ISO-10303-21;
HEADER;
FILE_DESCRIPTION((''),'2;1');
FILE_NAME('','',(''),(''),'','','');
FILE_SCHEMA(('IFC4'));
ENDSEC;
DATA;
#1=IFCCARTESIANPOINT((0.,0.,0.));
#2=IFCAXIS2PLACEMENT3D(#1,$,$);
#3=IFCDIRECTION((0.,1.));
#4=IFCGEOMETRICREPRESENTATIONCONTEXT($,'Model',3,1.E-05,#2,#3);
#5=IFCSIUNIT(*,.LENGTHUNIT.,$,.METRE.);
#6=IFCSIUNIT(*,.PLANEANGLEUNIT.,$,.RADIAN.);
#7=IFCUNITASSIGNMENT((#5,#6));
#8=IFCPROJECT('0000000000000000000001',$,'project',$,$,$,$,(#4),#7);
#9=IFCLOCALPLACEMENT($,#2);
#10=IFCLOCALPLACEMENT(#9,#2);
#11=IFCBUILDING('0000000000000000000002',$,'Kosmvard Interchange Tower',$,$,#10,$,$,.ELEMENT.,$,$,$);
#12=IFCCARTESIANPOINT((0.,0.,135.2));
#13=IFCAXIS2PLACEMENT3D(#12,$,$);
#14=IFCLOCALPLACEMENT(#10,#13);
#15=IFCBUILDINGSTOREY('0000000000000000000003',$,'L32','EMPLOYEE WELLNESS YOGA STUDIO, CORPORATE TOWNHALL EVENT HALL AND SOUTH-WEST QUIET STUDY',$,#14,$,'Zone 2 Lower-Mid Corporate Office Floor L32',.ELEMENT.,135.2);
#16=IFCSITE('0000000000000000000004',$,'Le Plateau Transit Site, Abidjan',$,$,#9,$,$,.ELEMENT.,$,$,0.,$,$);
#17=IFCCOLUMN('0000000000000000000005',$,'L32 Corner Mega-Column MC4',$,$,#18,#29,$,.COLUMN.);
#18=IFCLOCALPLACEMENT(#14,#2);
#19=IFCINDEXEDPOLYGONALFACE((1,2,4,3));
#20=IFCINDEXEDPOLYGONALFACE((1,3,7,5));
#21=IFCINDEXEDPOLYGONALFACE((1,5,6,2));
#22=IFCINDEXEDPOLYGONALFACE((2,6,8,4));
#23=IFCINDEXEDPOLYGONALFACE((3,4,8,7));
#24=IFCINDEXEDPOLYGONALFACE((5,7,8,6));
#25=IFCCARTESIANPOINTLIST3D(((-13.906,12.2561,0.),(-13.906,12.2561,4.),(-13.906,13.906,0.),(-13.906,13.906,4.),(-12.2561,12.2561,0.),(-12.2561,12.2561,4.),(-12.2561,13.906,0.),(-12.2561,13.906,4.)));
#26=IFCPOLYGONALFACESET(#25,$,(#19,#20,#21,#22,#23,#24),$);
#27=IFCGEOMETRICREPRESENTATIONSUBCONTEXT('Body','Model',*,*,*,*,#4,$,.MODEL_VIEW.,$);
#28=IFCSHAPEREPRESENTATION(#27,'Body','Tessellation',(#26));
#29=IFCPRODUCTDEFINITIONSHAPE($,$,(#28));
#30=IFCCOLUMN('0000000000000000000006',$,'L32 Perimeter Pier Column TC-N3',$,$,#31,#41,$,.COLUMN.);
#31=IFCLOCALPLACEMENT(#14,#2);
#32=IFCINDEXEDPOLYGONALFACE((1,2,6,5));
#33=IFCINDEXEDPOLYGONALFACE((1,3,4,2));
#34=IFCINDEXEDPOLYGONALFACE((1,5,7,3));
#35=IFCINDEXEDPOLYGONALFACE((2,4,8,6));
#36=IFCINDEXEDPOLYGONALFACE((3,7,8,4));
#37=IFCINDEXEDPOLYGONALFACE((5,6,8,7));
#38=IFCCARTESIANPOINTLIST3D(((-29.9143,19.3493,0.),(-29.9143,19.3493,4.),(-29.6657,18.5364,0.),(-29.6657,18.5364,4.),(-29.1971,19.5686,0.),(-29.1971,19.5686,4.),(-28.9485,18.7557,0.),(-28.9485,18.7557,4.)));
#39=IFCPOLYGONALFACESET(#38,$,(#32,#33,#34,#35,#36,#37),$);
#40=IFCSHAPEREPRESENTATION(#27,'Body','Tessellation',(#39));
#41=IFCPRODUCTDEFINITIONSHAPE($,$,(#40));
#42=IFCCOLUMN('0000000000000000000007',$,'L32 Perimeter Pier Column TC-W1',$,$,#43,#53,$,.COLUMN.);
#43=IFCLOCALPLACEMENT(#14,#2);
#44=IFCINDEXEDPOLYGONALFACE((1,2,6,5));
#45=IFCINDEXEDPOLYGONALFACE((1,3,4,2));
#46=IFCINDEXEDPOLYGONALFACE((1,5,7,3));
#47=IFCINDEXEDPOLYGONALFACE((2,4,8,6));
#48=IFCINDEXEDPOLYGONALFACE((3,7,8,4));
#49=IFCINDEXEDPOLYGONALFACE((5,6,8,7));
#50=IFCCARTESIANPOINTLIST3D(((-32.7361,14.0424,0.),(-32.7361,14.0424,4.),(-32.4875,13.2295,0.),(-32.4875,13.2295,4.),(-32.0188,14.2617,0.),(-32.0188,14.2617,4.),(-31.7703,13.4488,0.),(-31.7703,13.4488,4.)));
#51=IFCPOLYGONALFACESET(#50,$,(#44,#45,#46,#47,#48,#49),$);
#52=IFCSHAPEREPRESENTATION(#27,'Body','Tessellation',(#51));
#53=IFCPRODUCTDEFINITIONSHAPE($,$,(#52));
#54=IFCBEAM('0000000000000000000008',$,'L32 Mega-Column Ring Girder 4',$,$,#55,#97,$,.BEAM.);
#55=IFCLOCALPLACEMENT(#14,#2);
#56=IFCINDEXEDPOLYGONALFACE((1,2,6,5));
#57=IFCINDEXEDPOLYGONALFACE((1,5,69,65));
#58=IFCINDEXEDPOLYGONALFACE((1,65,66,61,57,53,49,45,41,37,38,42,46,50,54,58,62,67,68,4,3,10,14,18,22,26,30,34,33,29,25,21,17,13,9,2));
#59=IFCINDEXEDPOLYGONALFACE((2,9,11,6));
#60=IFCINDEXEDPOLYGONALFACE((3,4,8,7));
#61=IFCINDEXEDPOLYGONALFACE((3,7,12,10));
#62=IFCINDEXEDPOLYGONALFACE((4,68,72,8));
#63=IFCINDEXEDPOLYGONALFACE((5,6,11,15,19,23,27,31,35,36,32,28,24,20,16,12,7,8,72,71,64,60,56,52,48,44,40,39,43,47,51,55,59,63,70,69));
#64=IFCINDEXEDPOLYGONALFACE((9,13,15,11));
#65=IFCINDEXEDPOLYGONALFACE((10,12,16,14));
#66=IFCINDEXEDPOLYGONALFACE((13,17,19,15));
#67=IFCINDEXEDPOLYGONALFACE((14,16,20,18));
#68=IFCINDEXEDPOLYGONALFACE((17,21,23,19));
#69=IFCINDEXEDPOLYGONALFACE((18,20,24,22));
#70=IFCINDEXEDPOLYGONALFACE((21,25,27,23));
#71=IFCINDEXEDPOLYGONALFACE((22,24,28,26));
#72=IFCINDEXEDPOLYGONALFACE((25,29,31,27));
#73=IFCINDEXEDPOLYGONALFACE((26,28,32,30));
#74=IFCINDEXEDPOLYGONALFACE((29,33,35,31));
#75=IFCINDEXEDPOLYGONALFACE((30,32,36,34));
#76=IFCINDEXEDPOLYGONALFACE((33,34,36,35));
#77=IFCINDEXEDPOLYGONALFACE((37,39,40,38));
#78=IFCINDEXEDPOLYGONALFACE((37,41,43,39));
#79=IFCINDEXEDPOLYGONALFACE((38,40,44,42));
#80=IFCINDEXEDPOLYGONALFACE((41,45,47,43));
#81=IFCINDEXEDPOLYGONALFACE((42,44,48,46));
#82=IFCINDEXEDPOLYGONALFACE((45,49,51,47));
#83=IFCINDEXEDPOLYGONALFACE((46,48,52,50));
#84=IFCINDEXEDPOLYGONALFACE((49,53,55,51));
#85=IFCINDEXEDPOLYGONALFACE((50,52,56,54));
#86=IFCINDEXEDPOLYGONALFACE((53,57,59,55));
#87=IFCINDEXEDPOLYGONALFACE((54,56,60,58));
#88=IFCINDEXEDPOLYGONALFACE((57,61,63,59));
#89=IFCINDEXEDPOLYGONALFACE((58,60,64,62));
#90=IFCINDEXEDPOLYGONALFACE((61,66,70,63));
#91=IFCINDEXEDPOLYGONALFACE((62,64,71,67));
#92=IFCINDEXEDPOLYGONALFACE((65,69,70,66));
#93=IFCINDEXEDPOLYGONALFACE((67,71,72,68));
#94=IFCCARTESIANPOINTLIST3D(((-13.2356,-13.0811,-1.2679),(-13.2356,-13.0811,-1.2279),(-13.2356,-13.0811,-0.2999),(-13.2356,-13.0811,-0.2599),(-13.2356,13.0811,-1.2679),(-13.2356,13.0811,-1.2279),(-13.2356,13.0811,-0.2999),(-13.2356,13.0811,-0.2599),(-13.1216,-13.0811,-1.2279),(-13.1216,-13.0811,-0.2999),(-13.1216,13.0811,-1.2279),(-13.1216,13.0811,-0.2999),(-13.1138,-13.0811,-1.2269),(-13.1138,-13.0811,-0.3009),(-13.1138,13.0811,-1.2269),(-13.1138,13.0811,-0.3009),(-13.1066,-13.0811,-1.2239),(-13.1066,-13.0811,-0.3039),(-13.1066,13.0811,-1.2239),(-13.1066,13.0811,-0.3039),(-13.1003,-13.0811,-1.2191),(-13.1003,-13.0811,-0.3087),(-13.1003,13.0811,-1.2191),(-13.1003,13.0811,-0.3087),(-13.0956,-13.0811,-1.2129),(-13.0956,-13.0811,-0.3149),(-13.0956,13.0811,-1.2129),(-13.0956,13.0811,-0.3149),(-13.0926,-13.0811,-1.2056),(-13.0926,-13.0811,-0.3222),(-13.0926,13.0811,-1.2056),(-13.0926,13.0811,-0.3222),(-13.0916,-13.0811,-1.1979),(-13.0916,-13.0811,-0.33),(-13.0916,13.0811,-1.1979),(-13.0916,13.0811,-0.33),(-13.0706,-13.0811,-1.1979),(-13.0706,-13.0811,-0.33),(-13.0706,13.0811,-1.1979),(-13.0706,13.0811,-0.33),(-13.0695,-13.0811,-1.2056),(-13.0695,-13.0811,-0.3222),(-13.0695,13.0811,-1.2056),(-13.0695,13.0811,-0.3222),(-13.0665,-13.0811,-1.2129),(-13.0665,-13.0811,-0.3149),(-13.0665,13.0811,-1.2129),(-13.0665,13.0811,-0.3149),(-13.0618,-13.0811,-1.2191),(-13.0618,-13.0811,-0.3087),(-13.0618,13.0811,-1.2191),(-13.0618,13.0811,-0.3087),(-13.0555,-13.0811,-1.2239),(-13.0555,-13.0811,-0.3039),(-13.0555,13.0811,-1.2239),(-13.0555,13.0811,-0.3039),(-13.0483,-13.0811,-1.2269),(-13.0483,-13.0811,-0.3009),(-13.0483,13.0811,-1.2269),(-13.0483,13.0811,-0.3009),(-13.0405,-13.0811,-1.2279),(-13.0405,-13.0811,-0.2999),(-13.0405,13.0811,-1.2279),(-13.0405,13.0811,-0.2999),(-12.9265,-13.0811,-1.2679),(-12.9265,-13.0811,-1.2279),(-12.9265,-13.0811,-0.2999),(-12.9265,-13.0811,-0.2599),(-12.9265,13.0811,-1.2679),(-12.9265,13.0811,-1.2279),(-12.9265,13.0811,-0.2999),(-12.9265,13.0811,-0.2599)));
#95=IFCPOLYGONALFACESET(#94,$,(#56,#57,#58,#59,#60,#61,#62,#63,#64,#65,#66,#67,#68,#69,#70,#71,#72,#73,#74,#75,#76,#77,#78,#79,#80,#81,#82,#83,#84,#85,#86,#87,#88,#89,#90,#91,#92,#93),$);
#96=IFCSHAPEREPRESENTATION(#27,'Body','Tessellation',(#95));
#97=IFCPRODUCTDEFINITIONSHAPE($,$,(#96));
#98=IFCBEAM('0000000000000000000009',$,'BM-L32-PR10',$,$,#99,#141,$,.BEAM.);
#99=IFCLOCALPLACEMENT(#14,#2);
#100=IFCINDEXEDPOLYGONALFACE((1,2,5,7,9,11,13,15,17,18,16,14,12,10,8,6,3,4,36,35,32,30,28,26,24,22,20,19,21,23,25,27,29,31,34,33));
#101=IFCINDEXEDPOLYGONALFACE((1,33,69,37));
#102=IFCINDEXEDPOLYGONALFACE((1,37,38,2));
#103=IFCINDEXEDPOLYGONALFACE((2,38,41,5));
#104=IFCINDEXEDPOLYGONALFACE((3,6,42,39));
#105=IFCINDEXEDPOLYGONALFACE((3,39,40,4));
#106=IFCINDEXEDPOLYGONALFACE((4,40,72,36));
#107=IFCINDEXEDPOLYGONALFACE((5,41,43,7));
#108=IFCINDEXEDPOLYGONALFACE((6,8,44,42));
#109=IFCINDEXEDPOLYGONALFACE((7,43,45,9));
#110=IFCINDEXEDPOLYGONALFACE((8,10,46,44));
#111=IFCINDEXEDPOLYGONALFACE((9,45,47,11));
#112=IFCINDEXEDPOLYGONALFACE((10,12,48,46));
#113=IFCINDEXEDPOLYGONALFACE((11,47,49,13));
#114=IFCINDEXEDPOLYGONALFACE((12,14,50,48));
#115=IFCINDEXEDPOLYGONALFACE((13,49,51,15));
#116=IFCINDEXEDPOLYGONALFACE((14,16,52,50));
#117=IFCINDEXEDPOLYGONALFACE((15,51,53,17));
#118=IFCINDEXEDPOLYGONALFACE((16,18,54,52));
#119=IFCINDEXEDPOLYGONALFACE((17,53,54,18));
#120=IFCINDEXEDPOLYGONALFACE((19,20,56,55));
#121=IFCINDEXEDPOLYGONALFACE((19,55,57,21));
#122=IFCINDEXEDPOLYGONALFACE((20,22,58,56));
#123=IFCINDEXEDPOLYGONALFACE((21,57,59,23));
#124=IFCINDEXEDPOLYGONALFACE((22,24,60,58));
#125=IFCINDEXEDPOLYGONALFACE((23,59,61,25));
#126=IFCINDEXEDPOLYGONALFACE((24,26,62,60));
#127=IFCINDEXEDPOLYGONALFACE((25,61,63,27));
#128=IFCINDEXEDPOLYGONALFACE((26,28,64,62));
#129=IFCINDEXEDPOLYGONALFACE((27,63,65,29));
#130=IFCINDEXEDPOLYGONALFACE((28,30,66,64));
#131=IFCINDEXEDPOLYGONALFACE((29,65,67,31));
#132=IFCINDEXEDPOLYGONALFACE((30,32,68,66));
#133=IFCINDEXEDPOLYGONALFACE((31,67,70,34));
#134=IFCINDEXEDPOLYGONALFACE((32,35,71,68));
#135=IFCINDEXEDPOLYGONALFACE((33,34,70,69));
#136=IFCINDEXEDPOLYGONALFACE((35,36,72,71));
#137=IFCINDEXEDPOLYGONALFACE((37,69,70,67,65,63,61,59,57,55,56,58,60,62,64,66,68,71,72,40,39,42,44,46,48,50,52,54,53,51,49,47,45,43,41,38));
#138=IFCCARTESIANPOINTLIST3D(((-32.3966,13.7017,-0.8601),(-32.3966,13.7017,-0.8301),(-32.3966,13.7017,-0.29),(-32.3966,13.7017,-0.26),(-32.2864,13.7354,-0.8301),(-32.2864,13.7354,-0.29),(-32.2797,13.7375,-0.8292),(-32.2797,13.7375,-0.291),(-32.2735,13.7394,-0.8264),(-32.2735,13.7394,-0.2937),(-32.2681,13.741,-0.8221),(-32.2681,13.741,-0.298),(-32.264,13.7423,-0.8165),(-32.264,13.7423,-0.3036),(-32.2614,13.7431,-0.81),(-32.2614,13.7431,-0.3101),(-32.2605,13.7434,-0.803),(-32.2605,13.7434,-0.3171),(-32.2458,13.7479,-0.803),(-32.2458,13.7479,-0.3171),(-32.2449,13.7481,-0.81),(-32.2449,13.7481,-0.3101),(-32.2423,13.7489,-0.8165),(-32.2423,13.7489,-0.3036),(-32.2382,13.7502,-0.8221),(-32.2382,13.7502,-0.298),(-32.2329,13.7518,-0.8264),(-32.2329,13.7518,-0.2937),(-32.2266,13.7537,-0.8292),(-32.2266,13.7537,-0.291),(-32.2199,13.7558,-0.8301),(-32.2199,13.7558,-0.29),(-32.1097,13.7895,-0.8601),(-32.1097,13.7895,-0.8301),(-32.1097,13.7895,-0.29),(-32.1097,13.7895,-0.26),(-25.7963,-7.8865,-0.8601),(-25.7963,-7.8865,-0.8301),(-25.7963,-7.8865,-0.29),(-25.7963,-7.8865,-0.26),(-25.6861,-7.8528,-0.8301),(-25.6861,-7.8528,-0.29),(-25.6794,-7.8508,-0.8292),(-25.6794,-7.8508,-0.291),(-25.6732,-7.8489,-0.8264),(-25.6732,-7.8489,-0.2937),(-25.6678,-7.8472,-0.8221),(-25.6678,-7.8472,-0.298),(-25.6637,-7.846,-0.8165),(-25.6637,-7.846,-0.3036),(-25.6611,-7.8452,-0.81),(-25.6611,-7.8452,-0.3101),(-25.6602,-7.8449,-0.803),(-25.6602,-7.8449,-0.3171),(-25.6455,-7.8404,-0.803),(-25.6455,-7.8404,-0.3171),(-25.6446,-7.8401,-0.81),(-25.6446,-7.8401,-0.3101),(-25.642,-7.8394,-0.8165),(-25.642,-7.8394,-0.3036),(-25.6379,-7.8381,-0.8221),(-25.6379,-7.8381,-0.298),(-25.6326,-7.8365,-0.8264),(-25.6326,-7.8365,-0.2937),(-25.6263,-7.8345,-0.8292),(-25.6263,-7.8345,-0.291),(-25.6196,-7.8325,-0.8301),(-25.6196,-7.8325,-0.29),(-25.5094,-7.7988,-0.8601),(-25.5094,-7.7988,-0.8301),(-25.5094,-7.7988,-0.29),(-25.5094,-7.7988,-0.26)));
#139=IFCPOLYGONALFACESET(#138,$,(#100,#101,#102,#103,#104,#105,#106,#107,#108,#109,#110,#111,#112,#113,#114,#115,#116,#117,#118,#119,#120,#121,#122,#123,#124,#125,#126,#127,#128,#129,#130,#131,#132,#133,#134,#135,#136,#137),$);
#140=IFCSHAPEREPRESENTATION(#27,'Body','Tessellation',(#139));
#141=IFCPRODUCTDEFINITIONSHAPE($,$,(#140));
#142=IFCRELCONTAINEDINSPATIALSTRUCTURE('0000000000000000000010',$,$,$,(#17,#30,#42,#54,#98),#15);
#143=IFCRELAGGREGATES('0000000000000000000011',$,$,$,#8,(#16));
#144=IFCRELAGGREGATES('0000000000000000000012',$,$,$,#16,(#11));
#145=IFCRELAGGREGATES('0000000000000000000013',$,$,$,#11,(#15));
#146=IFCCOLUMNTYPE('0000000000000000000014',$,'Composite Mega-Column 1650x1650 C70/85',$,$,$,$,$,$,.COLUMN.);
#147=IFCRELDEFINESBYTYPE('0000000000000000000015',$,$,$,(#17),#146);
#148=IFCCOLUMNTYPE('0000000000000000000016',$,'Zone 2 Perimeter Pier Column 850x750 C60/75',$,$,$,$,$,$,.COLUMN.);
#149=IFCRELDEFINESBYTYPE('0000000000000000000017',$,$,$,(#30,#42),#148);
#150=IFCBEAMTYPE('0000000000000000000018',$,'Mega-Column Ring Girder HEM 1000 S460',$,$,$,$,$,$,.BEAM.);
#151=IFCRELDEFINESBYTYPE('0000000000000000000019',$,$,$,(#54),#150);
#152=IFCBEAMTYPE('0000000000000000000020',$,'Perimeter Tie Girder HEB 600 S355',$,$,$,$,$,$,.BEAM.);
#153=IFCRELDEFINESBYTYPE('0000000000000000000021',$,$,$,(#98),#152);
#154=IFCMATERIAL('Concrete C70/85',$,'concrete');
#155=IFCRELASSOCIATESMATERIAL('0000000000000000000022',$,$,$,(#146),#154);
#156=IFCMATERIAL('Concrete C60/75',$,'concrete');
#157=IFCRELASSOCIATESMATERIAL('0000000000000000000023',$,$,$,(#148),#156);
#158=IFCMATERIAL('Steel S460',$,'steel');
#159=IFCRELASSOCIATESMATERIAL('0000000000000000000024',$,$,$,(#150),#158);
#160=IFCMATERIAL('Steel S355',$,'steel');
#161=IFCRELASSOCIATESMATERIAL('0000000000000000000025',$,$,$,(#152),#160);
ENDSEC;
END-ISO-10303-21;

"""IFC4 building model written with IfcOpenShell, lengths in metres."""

from ifc_helpers import new_model, si_unit, direction, frame, origin, origin_2d, place, context, subcontext, project, spatial, rectangle, i_section, extrude, source, transform, mapped, material, material_profile, profile_set, type_object, element, save


model = new_model("IFC4")

# Units and contexts
model_context = context("Model", 3, precision=1e-05, world=origin(), true_north=direction((0.0, 1.0)))
body_context = subcontext(model_context, "Body", "Model", "MODEL_VIEW")
ifc_project = project(units=[si_unit("LENGTHUNIT", "METRE"), si_unit("PLANEANGLEUNIT", "RADIAN")], contexts=[model_context])

# Site, building, storey
site_placement = place(None, origin())
site = spatial("IfcSite", under=ifc_project, at=site_placement, Name="Le Plateau Transit Site, Abidjan", CompositionType="ELEMENT", RefElevation=0.0)
building_placement = place(site_placement, origin())
building = spatial("IfcBuilding", under=site, at=building_placement, Name="Kosmvard Interchange Tower", CompositionType="ELEMENT")
storey_placement = place(building_placement, frame((0.0, 0.0, 135.2)))
storey = spatial("IfcBuildingStorey", under=building, at=storey_placement, Name="L32", Description="EMPLOYEE WELLNESS YOGA STUDIO, CORPORATE TOWNHALL EVENT HALL AND SOUTH-WEST QUIET STUDY", LongName="Zone 2 Lower-Mid Corporate Office Floor L32", CompositionType="ELEMENT", Elevation=135.2)

# Columns
ifc_material_1 = material(Name="Concrete C70/85", Category="concrete")
ifc_material_profile_1 = material_profile(ifc_material_1, rectangle(XDim=1.6499, YDim=1.6499, at=origin_2d()), Name="MC 1650x1650")
ifc_profile_set_1 = profile_set([ifc_material_profile_1], Name="Concrete C70/85")
column_type_1 = type_object("IfcColumnType", Name="Composite Mega-Column 1650x1650 C70/85", PredefinedType="COLUMN", material=ifc_profile_set_1)
shared_shape_1 = source(origin(), body_context, "Body", "SweptSolid", [
    extrude(rectangle(XDim=1.6499, YDim=1.6499, at=origin_2d()), origin(), (0.0, 0.0, 1.0), 4.0),
])
column_placement = place(storey_placement, frame((-13.0811, 13.0811, 0.0), z_axis=(0.0, 0.0, 1.0), x_axis=(1.0, 0.0, 0.0)))
element("IfcColumn", 1, at=column_placement, inside=storey, type_object=column_type_1, Name="L32 Corner Mega-Column MC4", PredefinedType="COLUMN", context=body_context, shape_type="MappedRepresentation", body=[
    mapped(shared_shape_1, transform((0.0, 0.0, 0.0), scale=1.0)),
])
ifc_material_2 = material(Name="Concrete C60/75", Category="concrete")
ifc_material_profile_2 = material_profile(ifc_material_2, rectangle(XDim=0.75, YDim=0.8501, at=origin_2d()), Name="TC 850x750")
ifc_profile_set_2 = profile_set([ifc_material_profile_2], Name="Concrete C60/75")
column_type_2 = type_object("IfcColumnType", Name="Zone 2 Perimeter Pier Column 850x750 C60/75", PredefinedType="COLUMN", material=ifc_profile_set_2)
shared_shape_2 = source(origin(), body_context, "Body", "SweptSolid", [
    extrude(rectangle(XDim=0.75, YDim=0.8501, at=origin_2d()), origin(), (0.0, 0.0, 1.0), 4.0),
])
for number, where, z_axis, x_axis, name in (
    (2, (-29.4314, 19.0525, 0.0), (0.0, 0.0, 1.0), (0.956305, 0.292372, 0.0), "L32 Perimeter Pier Column TC-N3"),
    (3, (-32.2532, 13.7456, 0.0), (0.0, 0.0, 1.0), (0.956305, 0.292372, 0.0), "L32 Perimeter Pier Column TC-W1"),
):
    element("IfcColumn", number, at=place(storey_placement, frame(where, z_axis=z_axis, x_axis=x_axis)), inside=storey, type_object=column_type_2, Name=name, PredefinedType="COLUMN", context=body_context, shape_type="MappedRepresentation", body=[
        mapped(shared_shape_2, transform((0.0, 0.0, 0.0), scale=1.0)),
    ])

# Beams
ifc_material_3 = material(Name="Steel S460", Category="steel")
ifc_material_profile_3 = material_profile(ifc_material_3, i_section(OverallWidth=0.3091, OverallDepth=1.0081, WebThickness=0.021, FlangeThickness=0.04, FilletRadius=0.03, at=origin_2d()), Name="HEM 1000")
ifc_profile_set_3 = profile_set([ifc_material_profile_3], Name="Steel S460")
beam_type_1 = type_object("IfcBeamType", Name="Mega-Column Ring Girder HEM 1000 S460", PredefinedType="BEAM", material=ifc_profile_set_3)
shared_shape_3 = source(origin(), body_context, "Body", "SweptSolid", [
    extrude(i_section(OverallWidth=0.3091, OverallDepth=1.0081, WebThickness=0.021, FlangeThickness=0.04, FilletRadius=0.03, at=origin_2d()), origin(), (0.0, 0.0, 1.0), 26.1621),
])
beam_1_placement = place(storey_placement, frame((-13.0811, 13.0811, -0.7639), z_axis=(0.0, -1.0, 0.0), x_axis=(1.0, 0.0, 0.0)))
element("IfcBeam", 4, at=beam_1_placement, inside=storey, type_object=beam_type_1, Name="L32 Mega-Column Ring Girder 4", PredefinedType="BEAM", context=body_context, shape_type="MappedRepresentation", body=[
    mapped(shared_shape_3, transform((0.0, 0.0, 0.0), scale=1.0)),
])
ifc_material_4 = material(Name="Steel S355", Category="steel")
ifc_material_profile_4 = material_profile(ifc_material_4, i_section(OverallWidth=0.3, OverallDepth=0.6001, WebThickness=0.0154, FlangeThickness=0.03, FilletRadius=0.0271, at=origin_2d()), Name="HEB 600")
ifc_profile_set_4 = profile_set([ifc_material_profile_4], Name="Steel S355")
beam_type_2 = type_object("IfcBeamType", Name="Perimeter Tie Girder HEB 600 S355", PredefinedType="BEAM", material=ifc_profile_set_4)
shared_shape_4 = source(origin(), body_context, "Body", "SweptSolid", [
    extrude(i_section(OverallWidth=0.3, OverallDepth=0.6001, WebThickness=0.0154, FlangeThickness=0.03, FilletRadius=0.0271, at=origin_2d()), origin(), (0.0, 0.0, 1.0), 22.5747),
])
beam_2_placement = place(storey_placement, frame((-32.2532, 13.7456, -0.5601), z_axis=(0.292376, -0.956303, 0.0), x_axis=(0.956303, 0.292376, 0.0)))
element("IfcBeam", 5, at=beam_2_placement, inside=storey, type_object=beam_type_2, Name="BM-L32-PR10", PredefinedType="BEAM", context=body_context, shape_type="MappedRepresentation", body=[
    mapped(shared_shape_4, transform((0.0, 0.0, 0.0), scale=1.0)),
])

save(model, "model.ifc")
